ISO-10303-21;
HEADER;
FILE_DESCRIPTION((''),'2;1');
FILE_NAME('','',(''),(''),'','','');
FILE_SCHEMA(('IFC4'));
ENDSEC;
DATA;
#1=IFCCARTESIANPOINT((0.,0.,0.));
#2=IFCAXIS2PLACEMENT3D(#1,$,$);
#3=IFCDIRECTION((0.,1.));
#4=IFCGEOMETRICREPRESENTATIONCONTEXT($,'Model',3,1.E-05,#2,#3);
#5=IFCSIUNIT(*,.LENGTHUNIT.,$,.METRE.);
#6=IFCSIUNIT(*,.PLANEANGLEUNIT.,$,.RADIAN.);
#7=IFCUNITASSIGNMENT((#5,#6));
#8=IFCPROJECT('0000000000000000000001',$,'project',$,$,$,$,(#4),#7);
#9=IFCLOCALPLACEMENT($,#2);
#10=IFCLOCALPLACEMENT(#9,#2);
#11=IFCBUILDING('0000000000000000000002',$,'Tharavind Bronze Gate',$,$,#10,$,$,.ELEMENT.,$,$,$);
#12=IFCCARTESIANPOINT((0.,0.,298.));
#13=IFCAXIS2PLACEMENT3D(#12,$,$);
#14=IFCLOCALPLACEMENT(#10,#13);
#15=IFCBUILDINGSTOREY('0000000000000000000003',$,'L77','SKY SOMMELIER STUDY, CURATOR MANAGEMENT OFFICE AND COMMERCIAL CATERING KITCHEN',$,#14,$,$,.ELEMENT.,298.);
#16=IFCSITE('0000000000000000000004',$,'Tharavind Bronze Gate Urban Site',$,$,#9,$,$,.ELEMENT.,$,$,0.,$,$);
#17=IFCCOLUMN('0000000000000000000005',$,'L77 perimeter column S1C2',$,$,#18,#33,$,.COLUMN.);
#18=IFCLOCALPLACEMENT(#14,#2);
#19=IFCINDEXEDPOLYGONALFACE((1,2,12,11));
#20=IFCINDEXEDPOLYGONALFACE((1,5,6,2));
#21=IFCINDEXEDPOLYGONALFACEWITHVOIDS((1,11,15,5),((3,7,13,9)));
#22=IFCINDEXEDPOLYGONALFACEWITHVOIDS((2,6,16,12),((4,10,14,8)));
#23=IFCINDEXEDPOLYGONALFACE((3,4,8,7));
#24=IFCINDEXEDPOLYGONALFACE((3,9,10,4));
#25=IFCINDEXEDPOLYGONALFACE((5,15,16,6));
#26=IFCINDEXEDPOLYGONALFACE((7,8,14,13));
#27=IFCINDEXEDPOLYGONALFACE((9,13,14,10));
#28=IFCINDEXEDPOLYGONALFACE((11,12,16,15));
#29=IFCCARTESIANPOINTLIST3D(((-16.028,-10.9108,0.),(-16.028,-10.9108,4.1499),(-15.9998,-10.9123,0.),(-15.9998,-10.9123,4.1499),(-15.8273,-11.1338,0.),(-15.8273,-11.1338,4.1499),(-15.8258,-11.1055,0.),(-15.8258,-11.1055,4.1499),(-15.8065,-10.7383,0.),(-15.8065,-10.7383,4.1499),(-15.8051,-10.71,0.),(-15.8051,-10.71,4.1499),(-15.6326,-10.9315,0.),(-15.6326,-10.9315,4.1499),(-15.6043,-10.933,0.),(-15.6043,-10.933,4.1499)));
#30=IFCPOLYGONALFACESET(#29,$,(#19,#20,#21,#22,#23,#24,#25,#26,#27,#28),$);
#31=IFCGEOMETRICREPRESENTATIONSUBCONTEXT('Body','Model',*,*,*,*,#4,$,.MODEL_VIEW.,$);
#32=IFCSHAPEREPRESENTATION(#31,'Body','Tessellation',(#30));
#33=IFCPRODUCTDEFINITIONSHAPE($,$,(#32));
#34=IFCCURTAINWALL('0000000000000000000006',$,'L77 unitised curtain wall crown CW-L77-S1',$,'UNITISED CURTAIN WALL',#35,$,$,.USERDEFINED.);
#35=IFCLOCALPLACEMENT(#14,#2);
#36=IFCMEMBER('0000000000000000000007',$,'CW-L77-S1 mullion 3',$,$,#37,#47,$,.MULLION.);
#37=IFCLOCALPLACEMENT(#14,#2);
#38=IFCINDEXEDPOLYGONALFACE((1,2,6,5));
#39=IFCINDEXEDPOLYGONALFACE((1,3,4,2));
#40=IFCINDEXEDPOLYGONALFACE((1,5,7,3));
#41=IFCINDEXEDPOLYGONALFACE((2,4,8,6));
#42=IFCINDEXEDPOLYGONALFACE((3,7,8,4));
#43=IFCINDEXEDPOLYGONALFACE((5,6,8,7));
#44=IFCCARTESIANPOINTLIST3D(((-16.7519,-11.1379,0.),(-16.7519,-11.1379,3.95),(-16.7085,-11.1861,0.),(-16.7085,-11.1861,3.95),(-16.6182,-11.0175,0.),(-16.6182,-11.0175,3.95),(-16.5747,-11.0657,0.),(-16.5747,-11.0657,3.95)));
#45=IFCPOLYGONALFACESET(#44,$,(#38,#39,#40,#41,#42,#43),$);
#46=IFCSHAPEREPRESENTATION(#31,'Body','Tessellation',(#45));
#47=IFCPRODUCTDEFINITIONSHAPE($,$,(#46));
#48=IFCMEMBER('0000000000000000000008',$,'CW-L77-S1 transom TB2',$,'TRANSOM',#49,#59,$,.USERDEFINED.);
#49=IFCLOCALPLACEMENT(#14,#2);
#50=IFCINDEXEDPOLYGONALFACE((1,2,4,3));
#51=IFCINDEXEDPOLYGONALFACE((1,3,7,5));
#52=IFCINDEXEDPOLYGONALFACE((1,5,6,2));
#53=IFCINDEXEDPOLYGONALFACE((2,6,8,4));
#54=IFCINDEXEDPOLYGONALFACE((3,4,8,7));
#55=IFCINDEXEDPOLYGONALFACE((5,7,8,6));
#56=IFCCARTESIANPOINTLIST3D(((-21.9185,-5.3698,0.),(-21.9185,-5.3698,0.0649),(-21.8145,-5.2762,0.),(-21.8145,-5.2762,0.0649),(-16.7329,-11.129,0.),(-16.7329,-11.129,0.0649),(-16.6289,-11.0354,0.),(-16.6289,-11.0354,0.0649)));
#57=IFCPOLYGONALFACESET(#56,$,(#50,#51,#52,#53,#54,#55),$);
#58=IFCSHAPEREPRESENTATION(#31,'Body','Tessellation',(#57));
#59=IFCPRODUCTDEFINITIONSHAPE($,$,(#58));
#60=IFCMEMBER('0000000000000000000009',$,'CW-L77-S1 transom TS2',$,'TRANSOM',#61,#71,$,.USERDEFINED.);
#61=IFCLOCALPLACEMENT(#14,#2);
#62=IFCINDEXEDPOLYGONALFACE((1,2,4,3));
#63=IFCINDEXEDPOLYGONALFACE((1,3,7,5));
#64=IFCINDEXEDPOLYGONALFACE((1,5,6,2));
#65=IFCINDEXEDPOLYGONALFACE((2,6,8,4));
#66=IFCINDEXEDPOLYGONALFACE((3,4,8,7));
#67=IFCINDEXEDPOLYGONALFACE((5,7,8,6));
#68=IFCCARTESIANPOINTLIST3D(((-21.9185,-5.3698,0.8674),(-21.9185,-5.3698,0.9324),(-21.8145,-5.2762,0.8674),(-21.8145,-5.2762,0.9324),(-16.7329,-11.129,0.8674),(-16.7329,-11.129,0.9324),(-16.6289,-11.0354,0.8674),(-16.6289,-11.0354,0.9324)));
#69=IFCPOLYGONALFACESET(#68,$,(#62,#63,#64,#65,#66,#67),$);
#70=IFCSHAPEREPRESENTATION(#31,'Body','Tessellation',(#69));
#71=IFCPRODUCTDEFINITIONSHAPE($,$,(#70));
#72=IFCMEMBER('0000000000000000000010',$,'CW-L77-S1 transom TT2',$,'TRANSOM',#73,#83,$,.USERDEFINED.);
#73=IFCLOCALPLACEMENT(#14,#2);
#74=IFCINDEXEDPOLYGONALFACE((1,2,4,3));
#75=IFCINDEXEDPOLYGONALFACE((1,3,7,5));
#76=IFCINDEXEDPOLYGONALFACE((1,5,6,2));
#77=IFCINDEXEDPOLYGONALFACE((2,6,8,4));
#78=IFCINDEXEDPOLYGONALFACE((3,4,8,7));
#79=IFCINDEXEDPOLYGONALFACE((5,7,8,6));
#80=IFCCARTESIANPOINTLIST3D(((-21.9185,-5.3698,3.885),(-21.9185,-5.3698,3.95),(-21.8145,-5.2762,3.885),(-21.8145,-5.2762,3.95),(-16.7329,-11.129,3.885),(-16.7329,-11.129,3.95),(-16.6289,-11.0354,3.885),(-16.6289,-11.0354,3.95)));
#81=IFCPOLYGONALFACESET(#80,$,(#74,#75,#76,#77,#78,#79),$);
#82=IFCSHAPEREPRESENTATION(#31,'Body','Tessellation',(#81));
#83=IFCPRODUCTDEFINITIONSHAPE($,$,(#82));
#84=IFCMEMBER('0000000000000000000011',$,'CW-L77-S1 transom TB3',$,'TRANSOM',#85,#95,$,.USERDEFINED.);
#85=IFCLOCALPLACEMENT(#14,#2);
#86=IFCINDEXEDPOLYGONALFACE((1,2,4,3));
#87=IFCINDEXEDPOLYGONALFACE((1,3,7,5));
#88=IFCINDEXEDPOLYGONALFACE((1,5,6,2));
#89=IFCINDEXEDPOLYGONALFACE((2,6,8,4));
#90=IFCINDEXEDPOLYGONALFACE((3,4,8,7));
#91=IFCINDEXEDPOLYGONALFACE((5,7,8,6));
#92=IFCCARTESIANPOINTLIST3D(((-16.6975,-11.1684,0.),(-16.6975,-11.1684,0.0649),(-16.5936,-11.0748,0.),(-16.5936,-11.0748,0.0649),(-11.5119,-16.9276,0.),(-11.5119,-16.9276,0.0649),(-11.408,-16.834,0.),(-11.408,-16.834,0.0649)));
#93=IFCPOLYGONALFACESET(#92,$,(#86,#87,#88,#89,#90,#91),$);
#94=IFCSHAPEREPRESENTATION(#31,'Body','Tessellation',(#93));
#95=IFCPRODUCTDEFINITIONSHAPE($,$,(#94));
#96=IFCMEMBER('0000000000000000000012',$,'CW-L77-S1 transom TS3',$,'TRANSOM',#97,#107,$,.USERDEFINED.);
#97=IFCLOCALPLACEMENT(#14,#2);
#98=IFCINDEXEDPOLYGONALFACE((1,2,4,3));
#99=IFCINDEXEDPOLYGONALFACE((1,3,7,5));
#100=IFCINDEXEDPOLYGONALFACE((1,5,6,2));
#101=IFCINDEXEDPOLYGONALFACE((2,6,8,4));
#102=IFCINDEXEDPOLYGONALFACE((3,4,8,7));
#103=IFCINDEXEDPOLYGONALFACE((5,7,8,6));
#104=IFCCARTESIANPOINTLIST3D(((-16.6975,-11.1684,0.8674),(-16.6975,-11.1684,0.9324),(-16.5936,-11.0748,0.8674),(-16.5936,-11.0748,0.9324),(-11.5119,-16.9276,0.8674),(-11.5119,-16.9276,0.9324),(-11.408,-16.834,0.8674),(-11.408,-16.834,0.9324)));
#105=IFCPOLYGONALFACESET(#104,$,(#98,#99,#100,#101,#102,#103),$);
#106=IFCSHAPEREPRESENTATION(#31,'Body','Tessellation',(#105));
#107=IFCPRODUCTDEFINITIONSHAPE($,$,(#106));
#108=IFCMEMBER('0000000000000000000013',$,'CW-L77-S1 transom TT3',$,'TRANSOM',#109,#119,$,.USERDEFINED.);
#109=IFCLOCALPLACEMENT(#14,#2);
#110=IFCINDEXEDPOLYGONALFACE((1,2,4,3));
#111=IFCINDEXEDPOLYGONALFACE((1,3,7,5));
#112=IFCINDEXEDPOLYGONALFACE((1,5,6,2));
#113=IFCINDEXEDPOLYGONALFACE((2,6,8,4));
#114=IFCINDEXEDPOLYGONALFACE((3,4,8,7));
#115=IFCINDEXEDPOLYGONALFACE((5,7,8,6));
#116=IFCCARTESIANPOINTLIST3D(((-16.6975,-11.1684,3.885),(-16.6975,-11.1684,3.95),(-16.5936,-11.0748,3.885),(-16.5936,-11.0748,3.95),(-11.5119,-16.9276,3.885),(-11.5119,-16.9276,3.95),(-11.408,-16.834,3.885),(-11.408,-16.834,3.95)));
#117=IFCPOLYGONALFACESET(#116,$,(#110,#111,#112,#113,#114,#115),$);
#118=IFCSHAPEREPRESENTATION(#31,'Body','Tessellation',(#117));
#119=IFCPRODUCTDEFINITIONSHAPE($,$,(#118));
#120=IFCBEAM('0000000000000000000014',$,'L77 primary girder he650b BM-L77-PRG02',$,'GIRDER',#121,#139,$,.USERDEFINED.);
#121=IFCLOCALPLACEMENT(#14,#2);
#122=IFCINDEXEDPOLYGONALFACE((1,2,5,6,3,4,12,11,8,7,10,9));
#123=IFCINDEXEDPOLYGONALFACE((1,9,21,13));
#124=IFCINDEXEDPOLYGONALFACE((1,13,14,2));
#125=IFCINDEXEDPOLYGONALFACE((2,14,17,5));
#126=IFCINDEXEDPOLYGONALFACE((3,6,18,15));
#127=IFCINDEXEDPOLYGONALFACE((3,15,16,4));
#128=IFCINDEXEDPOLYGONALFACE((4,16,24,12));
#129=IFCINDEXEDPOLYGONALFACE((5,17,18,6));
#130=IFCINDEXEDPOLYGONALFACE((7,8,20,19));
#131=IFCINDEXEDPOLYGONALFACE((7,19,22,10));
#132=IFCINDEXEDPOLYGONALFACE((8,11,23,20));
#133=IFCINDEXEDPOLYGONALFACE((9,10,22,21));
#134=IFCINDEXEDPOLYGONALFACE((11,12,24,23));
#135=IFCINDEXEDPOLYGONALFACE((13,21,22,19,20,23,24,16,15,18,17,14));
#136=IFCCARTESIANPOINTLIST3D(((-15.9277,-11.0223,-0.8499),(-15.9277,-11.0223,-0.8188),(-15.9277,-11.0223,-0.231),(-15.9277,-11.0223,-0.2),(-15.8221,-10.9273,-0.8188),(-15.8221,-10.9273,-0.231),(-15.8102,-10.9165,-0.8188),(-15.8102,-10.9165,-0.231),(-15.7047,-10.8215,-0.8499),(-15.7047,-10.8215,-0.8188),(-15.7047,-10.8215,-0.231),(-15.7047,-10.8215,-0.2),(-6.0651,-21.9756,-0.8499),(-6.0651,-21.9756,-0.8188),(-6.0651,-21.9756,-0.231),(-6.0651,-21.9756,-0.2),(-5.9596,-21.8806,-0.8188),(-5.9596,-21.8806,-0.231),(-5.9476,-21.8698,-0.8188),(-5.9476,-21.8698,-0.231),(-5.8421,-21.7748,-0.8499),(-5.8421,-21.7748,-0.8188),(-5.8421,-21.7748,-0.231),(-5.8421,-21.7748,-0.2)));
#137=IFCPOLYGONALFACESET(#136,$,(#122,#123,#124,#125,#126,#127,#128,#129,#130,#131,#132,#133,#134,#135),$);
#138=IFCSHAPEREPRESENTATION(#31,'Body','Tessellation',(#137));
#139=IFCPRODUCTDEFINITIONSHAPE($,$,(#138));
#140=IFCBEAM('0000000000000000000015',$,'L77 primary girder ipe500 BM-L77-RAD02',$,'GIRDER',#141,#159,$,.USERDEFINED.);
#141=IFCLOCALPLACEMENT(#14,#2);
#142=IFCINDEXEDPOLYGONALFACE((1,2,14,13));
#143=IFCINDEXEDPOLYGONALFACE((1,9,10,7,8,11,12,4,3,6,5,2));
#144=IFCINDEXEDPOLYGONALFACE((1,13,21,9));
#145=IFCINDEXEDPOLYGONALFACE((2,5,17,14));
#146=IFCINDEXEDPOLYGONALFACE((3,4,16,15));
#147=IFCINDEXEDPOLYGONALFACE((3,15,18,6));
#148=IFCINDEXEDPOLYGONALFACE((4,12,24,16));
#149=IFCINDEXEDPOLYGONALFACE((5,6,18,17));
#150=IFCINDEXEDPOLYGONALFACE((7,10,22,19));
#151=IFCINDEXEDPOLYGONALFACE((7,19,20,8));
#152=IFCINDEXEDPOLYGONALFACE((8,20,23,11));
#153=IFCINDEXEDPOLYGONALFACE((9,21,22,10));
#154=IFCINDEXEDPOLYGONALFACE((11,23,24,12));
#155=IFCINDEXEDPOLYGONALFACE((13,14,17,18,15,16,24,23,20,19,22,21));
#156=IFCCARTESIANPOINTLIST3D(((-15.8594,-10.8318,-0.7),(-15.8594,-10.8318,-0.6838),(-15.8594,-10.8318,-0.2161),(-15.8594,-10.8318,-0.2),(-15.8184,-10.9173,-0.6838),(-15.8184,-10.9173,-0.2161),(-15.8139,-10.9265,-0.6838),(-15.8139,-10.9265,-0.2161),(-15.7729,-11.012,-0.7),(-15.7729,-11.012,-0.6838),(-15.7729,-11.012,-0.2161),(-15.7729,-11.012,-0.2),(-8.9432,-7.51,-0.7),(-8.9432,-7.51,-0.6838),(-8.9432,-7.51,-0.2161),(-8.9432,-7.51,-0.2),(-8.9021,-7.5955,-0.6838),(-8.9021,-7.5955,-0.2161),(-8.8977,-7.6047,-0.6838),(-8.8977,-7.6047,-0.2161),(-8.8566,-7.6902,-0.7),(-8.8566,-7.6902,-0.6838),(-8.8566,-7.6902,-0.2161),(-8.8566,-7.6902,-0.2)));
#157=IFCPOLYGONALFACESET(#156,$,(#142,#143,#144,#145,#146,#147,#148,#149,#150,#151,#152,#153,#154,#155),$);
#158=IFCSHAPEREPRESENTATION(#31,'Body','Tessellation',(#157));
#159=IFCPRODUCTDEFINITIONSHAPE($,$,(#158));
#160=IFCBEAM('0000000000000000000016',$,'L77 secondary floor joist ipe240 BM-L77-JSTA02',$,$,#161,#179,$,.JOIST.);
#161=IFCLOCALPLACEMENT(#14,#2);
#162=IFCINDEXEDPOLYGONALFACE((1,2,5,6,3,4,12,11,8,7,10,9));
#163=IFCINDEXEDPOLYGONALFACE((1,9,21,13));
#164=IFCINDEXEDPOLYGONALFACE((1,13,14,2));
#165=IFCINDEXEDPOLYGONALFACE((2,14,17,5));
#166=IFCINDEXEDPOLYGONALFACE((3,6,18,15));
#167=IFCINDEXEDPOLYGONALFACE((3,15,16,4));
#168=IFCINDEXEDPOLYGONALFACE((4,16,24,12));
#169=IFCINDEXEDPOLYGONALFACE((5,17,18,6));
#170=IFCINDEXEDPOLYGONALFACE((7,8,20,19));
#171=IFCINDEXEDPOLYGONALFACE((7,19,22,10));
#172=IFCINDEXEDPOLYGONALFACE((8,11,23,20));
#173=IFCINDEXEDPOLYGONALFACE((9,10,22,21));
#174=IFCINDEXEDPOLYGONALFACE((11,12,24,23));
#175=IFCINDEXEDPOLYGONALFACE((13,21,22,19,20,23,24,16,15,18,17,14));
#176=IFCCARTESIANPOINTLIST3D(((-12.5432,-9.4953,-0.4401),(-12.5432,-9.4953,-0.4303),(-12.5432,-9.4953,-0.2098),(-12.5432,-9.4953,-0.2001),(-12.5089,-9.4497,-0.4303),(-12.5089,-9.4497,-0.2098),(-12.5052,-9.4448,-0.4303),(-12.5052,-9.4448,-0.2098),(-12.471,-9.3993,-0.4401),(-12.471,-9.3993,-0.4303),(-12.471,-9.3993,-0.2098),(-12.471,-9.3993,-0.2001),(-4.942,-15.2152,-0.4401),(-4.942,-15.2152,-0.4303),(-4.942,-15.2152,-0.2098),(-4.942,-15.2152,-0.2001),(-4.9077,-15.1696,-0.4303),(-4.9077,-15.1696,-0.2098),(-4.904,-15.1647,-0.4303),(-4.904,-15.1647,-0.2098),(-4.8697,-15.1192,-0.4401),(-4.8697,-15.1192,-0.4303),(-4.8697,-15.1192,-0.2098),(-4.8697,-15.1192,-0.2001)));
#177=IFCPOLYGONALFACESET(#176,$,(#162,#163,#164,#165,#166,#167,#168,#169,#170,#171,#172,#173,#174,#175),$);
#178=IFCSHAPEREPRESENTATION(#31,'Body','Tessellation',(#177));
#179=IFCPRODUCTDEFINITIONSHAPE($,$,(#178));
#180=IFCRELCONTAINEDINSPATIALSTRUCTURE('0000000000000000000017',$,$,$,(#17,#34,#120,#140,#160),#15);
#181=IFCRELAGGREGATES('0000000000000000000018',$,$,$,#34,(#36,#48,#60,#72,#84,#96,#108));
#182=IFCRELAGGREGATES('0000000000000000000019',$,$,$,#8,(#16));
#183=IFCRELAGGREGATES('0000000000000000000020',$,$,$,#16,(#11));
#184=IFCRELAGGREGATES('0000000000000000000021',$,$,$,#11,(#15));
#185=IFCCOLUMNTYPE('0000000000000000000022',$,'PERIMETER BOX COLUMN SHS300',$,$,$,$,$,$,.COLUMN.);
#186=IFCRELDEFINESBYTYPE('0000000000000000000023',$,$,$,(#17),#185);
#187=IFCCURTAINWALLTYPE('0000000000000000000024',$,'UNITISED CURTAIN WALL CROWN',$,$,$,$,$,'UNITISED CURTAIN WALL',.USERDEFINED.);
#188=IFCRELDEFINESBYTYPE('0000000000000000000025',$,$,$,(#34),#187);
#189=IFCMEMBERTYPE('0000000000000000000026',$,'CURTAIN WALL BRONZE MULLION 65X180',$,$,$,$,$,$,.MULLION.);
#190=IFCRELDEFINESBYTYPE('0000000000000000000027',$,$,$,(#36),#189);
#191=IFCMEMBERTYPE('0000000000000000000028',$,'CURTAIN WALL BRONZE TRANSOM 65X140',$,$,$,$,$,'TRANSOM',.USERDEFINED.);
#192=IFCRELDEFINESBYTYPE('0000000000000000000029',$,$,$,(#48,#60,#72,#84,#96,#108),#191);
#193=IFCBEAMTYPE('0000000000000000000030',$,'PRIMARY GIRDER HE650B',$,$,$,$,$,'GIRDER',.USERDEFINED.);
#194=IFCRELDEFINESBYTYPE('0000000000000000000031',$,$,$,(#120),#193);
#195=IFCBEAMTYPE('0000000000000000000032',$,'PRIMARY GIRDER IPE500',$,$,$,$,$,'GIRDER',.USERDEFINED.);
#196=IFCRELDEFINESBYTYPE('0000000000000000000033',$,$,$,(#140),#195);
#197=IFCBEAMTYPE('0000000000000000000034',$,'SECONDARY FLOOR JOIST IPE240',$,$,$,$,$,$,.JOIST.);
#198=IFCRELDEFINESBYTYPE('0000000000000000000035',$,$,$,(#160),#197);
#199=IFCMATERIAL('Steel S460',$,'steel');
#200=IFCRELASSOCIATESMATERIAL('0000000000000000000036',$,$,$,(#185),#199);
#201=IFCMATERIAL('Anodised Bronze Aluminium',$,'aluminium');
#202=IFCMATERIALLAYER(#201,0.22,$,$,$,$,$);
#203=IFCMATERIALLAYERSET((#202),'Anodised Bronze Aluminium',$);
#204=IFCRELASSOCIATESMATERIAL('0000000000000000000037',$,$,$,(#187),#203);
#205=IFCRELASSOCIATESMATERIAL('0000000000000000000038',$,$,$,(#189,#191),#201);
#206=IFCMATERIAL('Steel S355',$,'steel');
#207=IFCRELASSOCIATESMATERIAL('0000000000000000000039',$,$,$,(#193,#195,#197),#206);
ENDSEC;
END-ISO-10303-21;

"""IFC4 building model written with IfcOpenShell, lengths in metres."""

from ifc_helpers import new_model, si_unit, direction, frame, origin, origin_2d, place, context, subcontext, project, spatial, rectangle, hollow_rectangle, i_section, extrude, material, layer, layer_set, material_profile, profile_set, type_object, element, aggregate, save


model = new_model("IFC4")

# Units and contexts
model_context = context("Model", 3, precision=1e-05, world=origin(), true_north=direction((0.0, 1.0)))
body_context = subcontext(model_context, "Body", "Model", "MODEL_VIEW")
ifc_project = project(units=[si_unit("LENGTHUNIT", "METRE"), si_unit("PLANEANGLEUNIT", "RADIAN")], contexts=[model_context])

# Site, building, storey
site_placement = place(None, origin())
site = spatial("IfcSite", under=ifc_project, at=site_placement, Name="Tharavind Bronze Gate Urban Site", CompositionType="ELEMENT", RefElevation=0.0)
building_placement = place(site_placement, origin())
building = spatial("IfcBuilding", under=site, at=building_placement, Name="Tharavind Bronze Gate", CompositionType="ELEMENT")
storey_placement = place(building_placement, frame((0.0, 0.0, 298.0)))
storey = spatial("IfcBuildingStorey", under=building, at=storey_placement, Name="L77", Description="SKY SOMMELIER STUDY, CURATOR MANAGEMENT OFFICE AND COMMERCIAL CATERING KITCHEN", CompositionType="ELEMENT", Elevation=298.0)

# Column
ifc_material_1 = material(Name="Steel S460", Category="steel")
ifc_material_profile_1 = material_profile(ifc_material_1, hollow_rectangle(XDim=0.3, YDim=0.3, WallThickness=0.02, at=origin_2d()), Name="SHS300X20")
ifc_profile_set_1 = profile_set([ifc_material_profile_1], Name="Steel S460")
column_type = type_object("IfcColumnType", Name="PERIMETER BOX COLUMN SHS300", PredefinedType="COLUMN", material=ifc_profile_set_1)
column_placement = place(storey_placement, frame((-15.8162, -10.9219, 0.0), z_axis=(0.0, 0.0, 1.0), x_axis=(-0.669131, 0.743145, 0.0)))
element("IfcColumn", 1, at=column_placement, inside=storey, type_object=column_type, Name="L77 perimeter column S1C2", PredefinedType="COLUMN", context=body_context, shape_type="SweptSolid", body=[
    extrude(hollow_rectangle(XDim=0.3, YDim=0.3, WallThickness=0.02, at=origin_2d()), origin(), (0.0, 0.0, 1.0), 4.1499),
])

# Curtain wall, members
ifc_material_2 = material(Name="Anodised Bronze Aluminium", Category="aluminium")
ifc_layer_1 = layer(ifc_material_2, 0.22)
ifc_layer_set_1 = layer_set([ifc_layer_1], Name="Anodised Bronze Aluminium")
curtain_wall_type = type_object("IfcCurtainWallType", Name="UNITISED CURTAIN WALL CROWN", ElementType="UNITISED CURTAIN WALL", PredefinedType="USERDEFINED", material=ifc_layer_set_1)
curtain_wall_placement = place(storey_placement, origin())
curtain_wall = element("IfcCurtainWall", 2, at=curtain_wall_placement, inside=storey, type_object=curtain_wall_type, Name="L77 unitised curtain wall crown CW-L77-S1", ObjectType="UNITISED CURTAIN WALL", PredefinedType="USERDEFINED")
member_type_1 = type_object("IfcMemberType", Name="CURTAIN WALL BRONZE MULLION 65X180", PredefinedType="MULLION", material=ifc_material_2)
member_1_placement = place(storey_placement, frame((-16.6633, -11.1018, 0.0), z_axis=(0.0, 0.0, 1.0), x_axis=(0.669131, -0.743145, 0.0)))
member_1 = element("IfcMember", 3, at=member_1_placement, type_object=member_type_1, Name="CW-L77-S1 mullion 3", PredefinedType="MULLION", context=body_context, shape_type="SweptSolid", body=[
    extrude(rectangle(XDim=0.0649, YDim=0.1799, at=origin_2d()), origin(), (0.0, 0.0, 1.0), 3.95),
])
member_type_2 = type_object("IfcMemberType", Name="CURTAIN WALL BRONZE TRANSOM 65X140", ElementType="TRANSOM", PredefinedType="USERDEFINED", material=ifc_material_2)
member_2_placement = place(storey_placement, frame((-19.2737, -8.2026, 0.0), z_axis=(0.0, 0.0, 1.0), x_axis=(0.669131, -0.743145, 0.0)))
member_2 = element("IfcMember", 4, at=member_2_placement, type_object=member_type_2, Name="CW-L77-S1 transom TB2", ObjectType="TRANSOM", PredefinedType="USERDEFINED", context=body_context, shape_type="SweptSolid", body=[
    extrude(rectangle(XDim=7.7498, YDim=0.1399, at=origin_2d()), origin(), (0.0, 0.0, 1.0), 0.0649),
])
member_3_placement = place(storey_placement, frame((-19.2737, -8.2026, 0.8674), z_axis=(0.0, 0.0, 1.0), x_axis=(0.669131, -0.743145, 0.0)))
member_3 = element("IfcMember", 5, at=member_3_placement, type_object=member_type_2, Name="CW-L77-S1 transom TS2", ObjectType="TRANSOM", PredefinedType="USERDEFINED", context=body_context, shape_type="SweptSolid", body=[
    extrude(rectangle(XDim=7.7498, YDim=0.1399, at=origin_2d()), origin(), (0.0, 0.0, 1.0), 0.0649),
])
member_4_placement = place(storey_placement, frame((-19.2737, -8.2026, 3.885), z_axis=(0.0, 0.0, 1.0), x_axis=(0.669131, -0.743145, 0.0)))
member_4 = element("IfcMember", 6, at=member_4_placement, type_object=member_type_2, Name="CW-L77-S1 transom TT2", ObjectType="TRANSOM", PredefinedType="USERDEFINED", context=body_context, shape_type="SweptSolid", body=[
    extrude(rectangle(XDim=7.7498, YDim=0.1399, at=origin_2d()), origin(), (0.0, 0.0, 1.0), 0.0649),
])
member_5_placement = place(storey_placement, frame((-14.0527, -14.0012, 0.0), z_axis=(0.0, 0.0, 1.0), x_axis=(0.669131, -0.743145, 0.0)))
member_5 = element("IfcMember", 7, at=member_5_placement, type_object=member_type_2, Name="CW-L77-S1 transom TB3", ObjectType="TRANSOM", PredefinedType="USERDEFINED", context=body_context, shape_type="SweptSolid", body=[
    extrude(rectangle(XDim=7.7498, YDim=0.1399, at=origin_2d()), origin(), (0.0, 0.0, 1.0), 0.0649),
])
member_6_placement = place(storey_placement, frame((-14.0527, -14.0012, 0.8674), z_axis=(0.0, 0.0, 1.0), x_axis=(0.669131, -0.743145, 0.0)))
member_6 = element("IfcMember", 8, at=member_6_placement, type_object=member_type_2, Name="CW-L77-S1 transom TS3", ObjectType="TRANSOM", PredefinedType="USERDEFINED", context=body_context, shape_type="SweptSolid", body=[
    extrude(rectangle(XDim=7.7498, YDim=0.1399, at=origin_2d()), origin(), (0.0, 0.0, 1.0), 0.0649),
])
member_7_placement = place(storey_placement, frame((-14.0527, -14.0012, 3.885), z_axis=(0.0, 0.0, 1.0), x_axis=(0.669131, -0.743145, 0.0)))
member_7 = element("IfcMember", 9, at=member_7_placement, type_object=member_type_2, Name="CW-L77-S1 transom TT3", ObjectType="TRANSOM", PredefinedType="USERDEFINED", context=body_context, shape_type="SweptSolid", body=[
    extrude(rectangle(XDim=7.7498, YDim=0.1399, at=origin_2d()), origin(), (0.0, 0.0, 1.0), 0.0649),
])

# Beams
ifc_material_3 = material(Name="Steel S355", Category="steel")
ifc_material_profile_2 = material_profile(ifc_material_3, i_section(OverallWidth=0.3, OverallDepth=0.6499, WebThickness=0.0161, FlangeThickness=0.031, at=origin_2d()), Name="HE650B")
ifc_profile_set_2 = profile_set([ifc_material_profile_2], Name="Steel S355")
beam_type_1 = type_object("IfcBeamType", Name="PRIMARY GIRDER HE650B", ElementType="GIRDER", PredefinedType="USERDEFINED", material=ifc_profile_set_2)
beam_1_placement = place(storey_placement, frame((-15.8162, -10.9219, -0.5249), z_axis=(0.669134, -0.743142, 0.0), x_axis=(0.743142, 0.669134, 0.0)))
element("IfcBeam", 10, at=beam_1_placement, inside=storey, type_object=beam_type_1, Name="L77 primary girder he650b BM-L77-PRG02", ObjectType="GIRDER", PredefinedType="USERDEFINED", context=body_context, shape_type="SweptSolid", body=[
    extrude(i_section(OverallWidth=0.3, OverallDepth=0.6499, WebThickness=0.0161, FlangeThickness=0.031, at=origin_2d()), origin(), (0.0, 0.0, 1.0), 14.7393),
])
ifc_material_profile_3 = material_profile(ifc_material_3, i_section(OverallWidth=0.2, OverallDepth=0.5, WebThickness=0.0103, FlangeThickness=0.0161, at=origin_2d()), Name="IPE500")
ifc_profile_set_3 = profile_set([ifc_material_profile_3], Name="Steel S355")
beam_type_2 = type_object("IfcBeamType", Name="PRIMARY GIRDER IPE500", ElementType="GIRDER", PredefinedType="USERDEFINED", material=ifc_profile_set_3)
beam_2_placement = place(storey_placement, frame((-15.8162, -10.9219, -0.45), z_axis=(0.901423, 0.43294, 0.0), x_axis=(-0.43294, 0.901423, 0.0)))
element("IfcBeam", 11, at=beam_2_placement, inside=storey, type_object=beam_type_2, Name="L77 primary girder ipe500 BM-L77-RAD02", ObjectType="GIRDER", PredefinedType="USERDEFINED", context=body_context, shape_type="SweptSolid", body=[
    extrude(i_section(OverallWidth=0.2, OverallDepth=0.5, WebThickness=0.0103, FlangeThickness=0.0161, at=origin_2d()), origin(), (0.0, 0.0, 1.0), 7.6726),
])
ifc_material_profile_4 = material_profile(ifc_material_3, i_section(OverallWidth=0.1201, OverallDepth=0.24, WebThickness=0.0061, FlangeThickness=0.0098, at=origin_2d()), Name="IPE240")
ifc_profile_set_4 = profile_set([ifc_material_profile_4], Name="Steel S355")
beam_type_3 = type_object("IfcBeamType", Name="SECONDARY FLOOR JOIST IPE240", PredefinedType="JOIST", material=ifc_profile_set_4)
beam_3_placement = place(storey_placement, frame((-12.5071, -9.4473, -0.3201), z_axis=(0.799041, -0.601276, 0.0), x_axis=(0.601276, 0.799041, 0.0)))
element("IfcBeam", 12, at=beam_3_placement, inside=storey, type_object=beam_type_3, Name="L77 secondary floor joist ipe240 BM-L77-JSTA02", PredefinedType="JOIST", context=body_context, shape_type="SweptSolid", body=[
    extrude(i_section(OverallWidth=0.1201, OverallDepth=0.24, WebThickness=0.0061, FlangeThickness=0.0098, at=origin_2d()), origin(), (0.0, 0.0, 1.0), 9.5129),
])

aggregate(curtain_wall, [member_1, member_2, member_3, member_4, member_5, member_6, member_7])

save(model, "model.ifc")
